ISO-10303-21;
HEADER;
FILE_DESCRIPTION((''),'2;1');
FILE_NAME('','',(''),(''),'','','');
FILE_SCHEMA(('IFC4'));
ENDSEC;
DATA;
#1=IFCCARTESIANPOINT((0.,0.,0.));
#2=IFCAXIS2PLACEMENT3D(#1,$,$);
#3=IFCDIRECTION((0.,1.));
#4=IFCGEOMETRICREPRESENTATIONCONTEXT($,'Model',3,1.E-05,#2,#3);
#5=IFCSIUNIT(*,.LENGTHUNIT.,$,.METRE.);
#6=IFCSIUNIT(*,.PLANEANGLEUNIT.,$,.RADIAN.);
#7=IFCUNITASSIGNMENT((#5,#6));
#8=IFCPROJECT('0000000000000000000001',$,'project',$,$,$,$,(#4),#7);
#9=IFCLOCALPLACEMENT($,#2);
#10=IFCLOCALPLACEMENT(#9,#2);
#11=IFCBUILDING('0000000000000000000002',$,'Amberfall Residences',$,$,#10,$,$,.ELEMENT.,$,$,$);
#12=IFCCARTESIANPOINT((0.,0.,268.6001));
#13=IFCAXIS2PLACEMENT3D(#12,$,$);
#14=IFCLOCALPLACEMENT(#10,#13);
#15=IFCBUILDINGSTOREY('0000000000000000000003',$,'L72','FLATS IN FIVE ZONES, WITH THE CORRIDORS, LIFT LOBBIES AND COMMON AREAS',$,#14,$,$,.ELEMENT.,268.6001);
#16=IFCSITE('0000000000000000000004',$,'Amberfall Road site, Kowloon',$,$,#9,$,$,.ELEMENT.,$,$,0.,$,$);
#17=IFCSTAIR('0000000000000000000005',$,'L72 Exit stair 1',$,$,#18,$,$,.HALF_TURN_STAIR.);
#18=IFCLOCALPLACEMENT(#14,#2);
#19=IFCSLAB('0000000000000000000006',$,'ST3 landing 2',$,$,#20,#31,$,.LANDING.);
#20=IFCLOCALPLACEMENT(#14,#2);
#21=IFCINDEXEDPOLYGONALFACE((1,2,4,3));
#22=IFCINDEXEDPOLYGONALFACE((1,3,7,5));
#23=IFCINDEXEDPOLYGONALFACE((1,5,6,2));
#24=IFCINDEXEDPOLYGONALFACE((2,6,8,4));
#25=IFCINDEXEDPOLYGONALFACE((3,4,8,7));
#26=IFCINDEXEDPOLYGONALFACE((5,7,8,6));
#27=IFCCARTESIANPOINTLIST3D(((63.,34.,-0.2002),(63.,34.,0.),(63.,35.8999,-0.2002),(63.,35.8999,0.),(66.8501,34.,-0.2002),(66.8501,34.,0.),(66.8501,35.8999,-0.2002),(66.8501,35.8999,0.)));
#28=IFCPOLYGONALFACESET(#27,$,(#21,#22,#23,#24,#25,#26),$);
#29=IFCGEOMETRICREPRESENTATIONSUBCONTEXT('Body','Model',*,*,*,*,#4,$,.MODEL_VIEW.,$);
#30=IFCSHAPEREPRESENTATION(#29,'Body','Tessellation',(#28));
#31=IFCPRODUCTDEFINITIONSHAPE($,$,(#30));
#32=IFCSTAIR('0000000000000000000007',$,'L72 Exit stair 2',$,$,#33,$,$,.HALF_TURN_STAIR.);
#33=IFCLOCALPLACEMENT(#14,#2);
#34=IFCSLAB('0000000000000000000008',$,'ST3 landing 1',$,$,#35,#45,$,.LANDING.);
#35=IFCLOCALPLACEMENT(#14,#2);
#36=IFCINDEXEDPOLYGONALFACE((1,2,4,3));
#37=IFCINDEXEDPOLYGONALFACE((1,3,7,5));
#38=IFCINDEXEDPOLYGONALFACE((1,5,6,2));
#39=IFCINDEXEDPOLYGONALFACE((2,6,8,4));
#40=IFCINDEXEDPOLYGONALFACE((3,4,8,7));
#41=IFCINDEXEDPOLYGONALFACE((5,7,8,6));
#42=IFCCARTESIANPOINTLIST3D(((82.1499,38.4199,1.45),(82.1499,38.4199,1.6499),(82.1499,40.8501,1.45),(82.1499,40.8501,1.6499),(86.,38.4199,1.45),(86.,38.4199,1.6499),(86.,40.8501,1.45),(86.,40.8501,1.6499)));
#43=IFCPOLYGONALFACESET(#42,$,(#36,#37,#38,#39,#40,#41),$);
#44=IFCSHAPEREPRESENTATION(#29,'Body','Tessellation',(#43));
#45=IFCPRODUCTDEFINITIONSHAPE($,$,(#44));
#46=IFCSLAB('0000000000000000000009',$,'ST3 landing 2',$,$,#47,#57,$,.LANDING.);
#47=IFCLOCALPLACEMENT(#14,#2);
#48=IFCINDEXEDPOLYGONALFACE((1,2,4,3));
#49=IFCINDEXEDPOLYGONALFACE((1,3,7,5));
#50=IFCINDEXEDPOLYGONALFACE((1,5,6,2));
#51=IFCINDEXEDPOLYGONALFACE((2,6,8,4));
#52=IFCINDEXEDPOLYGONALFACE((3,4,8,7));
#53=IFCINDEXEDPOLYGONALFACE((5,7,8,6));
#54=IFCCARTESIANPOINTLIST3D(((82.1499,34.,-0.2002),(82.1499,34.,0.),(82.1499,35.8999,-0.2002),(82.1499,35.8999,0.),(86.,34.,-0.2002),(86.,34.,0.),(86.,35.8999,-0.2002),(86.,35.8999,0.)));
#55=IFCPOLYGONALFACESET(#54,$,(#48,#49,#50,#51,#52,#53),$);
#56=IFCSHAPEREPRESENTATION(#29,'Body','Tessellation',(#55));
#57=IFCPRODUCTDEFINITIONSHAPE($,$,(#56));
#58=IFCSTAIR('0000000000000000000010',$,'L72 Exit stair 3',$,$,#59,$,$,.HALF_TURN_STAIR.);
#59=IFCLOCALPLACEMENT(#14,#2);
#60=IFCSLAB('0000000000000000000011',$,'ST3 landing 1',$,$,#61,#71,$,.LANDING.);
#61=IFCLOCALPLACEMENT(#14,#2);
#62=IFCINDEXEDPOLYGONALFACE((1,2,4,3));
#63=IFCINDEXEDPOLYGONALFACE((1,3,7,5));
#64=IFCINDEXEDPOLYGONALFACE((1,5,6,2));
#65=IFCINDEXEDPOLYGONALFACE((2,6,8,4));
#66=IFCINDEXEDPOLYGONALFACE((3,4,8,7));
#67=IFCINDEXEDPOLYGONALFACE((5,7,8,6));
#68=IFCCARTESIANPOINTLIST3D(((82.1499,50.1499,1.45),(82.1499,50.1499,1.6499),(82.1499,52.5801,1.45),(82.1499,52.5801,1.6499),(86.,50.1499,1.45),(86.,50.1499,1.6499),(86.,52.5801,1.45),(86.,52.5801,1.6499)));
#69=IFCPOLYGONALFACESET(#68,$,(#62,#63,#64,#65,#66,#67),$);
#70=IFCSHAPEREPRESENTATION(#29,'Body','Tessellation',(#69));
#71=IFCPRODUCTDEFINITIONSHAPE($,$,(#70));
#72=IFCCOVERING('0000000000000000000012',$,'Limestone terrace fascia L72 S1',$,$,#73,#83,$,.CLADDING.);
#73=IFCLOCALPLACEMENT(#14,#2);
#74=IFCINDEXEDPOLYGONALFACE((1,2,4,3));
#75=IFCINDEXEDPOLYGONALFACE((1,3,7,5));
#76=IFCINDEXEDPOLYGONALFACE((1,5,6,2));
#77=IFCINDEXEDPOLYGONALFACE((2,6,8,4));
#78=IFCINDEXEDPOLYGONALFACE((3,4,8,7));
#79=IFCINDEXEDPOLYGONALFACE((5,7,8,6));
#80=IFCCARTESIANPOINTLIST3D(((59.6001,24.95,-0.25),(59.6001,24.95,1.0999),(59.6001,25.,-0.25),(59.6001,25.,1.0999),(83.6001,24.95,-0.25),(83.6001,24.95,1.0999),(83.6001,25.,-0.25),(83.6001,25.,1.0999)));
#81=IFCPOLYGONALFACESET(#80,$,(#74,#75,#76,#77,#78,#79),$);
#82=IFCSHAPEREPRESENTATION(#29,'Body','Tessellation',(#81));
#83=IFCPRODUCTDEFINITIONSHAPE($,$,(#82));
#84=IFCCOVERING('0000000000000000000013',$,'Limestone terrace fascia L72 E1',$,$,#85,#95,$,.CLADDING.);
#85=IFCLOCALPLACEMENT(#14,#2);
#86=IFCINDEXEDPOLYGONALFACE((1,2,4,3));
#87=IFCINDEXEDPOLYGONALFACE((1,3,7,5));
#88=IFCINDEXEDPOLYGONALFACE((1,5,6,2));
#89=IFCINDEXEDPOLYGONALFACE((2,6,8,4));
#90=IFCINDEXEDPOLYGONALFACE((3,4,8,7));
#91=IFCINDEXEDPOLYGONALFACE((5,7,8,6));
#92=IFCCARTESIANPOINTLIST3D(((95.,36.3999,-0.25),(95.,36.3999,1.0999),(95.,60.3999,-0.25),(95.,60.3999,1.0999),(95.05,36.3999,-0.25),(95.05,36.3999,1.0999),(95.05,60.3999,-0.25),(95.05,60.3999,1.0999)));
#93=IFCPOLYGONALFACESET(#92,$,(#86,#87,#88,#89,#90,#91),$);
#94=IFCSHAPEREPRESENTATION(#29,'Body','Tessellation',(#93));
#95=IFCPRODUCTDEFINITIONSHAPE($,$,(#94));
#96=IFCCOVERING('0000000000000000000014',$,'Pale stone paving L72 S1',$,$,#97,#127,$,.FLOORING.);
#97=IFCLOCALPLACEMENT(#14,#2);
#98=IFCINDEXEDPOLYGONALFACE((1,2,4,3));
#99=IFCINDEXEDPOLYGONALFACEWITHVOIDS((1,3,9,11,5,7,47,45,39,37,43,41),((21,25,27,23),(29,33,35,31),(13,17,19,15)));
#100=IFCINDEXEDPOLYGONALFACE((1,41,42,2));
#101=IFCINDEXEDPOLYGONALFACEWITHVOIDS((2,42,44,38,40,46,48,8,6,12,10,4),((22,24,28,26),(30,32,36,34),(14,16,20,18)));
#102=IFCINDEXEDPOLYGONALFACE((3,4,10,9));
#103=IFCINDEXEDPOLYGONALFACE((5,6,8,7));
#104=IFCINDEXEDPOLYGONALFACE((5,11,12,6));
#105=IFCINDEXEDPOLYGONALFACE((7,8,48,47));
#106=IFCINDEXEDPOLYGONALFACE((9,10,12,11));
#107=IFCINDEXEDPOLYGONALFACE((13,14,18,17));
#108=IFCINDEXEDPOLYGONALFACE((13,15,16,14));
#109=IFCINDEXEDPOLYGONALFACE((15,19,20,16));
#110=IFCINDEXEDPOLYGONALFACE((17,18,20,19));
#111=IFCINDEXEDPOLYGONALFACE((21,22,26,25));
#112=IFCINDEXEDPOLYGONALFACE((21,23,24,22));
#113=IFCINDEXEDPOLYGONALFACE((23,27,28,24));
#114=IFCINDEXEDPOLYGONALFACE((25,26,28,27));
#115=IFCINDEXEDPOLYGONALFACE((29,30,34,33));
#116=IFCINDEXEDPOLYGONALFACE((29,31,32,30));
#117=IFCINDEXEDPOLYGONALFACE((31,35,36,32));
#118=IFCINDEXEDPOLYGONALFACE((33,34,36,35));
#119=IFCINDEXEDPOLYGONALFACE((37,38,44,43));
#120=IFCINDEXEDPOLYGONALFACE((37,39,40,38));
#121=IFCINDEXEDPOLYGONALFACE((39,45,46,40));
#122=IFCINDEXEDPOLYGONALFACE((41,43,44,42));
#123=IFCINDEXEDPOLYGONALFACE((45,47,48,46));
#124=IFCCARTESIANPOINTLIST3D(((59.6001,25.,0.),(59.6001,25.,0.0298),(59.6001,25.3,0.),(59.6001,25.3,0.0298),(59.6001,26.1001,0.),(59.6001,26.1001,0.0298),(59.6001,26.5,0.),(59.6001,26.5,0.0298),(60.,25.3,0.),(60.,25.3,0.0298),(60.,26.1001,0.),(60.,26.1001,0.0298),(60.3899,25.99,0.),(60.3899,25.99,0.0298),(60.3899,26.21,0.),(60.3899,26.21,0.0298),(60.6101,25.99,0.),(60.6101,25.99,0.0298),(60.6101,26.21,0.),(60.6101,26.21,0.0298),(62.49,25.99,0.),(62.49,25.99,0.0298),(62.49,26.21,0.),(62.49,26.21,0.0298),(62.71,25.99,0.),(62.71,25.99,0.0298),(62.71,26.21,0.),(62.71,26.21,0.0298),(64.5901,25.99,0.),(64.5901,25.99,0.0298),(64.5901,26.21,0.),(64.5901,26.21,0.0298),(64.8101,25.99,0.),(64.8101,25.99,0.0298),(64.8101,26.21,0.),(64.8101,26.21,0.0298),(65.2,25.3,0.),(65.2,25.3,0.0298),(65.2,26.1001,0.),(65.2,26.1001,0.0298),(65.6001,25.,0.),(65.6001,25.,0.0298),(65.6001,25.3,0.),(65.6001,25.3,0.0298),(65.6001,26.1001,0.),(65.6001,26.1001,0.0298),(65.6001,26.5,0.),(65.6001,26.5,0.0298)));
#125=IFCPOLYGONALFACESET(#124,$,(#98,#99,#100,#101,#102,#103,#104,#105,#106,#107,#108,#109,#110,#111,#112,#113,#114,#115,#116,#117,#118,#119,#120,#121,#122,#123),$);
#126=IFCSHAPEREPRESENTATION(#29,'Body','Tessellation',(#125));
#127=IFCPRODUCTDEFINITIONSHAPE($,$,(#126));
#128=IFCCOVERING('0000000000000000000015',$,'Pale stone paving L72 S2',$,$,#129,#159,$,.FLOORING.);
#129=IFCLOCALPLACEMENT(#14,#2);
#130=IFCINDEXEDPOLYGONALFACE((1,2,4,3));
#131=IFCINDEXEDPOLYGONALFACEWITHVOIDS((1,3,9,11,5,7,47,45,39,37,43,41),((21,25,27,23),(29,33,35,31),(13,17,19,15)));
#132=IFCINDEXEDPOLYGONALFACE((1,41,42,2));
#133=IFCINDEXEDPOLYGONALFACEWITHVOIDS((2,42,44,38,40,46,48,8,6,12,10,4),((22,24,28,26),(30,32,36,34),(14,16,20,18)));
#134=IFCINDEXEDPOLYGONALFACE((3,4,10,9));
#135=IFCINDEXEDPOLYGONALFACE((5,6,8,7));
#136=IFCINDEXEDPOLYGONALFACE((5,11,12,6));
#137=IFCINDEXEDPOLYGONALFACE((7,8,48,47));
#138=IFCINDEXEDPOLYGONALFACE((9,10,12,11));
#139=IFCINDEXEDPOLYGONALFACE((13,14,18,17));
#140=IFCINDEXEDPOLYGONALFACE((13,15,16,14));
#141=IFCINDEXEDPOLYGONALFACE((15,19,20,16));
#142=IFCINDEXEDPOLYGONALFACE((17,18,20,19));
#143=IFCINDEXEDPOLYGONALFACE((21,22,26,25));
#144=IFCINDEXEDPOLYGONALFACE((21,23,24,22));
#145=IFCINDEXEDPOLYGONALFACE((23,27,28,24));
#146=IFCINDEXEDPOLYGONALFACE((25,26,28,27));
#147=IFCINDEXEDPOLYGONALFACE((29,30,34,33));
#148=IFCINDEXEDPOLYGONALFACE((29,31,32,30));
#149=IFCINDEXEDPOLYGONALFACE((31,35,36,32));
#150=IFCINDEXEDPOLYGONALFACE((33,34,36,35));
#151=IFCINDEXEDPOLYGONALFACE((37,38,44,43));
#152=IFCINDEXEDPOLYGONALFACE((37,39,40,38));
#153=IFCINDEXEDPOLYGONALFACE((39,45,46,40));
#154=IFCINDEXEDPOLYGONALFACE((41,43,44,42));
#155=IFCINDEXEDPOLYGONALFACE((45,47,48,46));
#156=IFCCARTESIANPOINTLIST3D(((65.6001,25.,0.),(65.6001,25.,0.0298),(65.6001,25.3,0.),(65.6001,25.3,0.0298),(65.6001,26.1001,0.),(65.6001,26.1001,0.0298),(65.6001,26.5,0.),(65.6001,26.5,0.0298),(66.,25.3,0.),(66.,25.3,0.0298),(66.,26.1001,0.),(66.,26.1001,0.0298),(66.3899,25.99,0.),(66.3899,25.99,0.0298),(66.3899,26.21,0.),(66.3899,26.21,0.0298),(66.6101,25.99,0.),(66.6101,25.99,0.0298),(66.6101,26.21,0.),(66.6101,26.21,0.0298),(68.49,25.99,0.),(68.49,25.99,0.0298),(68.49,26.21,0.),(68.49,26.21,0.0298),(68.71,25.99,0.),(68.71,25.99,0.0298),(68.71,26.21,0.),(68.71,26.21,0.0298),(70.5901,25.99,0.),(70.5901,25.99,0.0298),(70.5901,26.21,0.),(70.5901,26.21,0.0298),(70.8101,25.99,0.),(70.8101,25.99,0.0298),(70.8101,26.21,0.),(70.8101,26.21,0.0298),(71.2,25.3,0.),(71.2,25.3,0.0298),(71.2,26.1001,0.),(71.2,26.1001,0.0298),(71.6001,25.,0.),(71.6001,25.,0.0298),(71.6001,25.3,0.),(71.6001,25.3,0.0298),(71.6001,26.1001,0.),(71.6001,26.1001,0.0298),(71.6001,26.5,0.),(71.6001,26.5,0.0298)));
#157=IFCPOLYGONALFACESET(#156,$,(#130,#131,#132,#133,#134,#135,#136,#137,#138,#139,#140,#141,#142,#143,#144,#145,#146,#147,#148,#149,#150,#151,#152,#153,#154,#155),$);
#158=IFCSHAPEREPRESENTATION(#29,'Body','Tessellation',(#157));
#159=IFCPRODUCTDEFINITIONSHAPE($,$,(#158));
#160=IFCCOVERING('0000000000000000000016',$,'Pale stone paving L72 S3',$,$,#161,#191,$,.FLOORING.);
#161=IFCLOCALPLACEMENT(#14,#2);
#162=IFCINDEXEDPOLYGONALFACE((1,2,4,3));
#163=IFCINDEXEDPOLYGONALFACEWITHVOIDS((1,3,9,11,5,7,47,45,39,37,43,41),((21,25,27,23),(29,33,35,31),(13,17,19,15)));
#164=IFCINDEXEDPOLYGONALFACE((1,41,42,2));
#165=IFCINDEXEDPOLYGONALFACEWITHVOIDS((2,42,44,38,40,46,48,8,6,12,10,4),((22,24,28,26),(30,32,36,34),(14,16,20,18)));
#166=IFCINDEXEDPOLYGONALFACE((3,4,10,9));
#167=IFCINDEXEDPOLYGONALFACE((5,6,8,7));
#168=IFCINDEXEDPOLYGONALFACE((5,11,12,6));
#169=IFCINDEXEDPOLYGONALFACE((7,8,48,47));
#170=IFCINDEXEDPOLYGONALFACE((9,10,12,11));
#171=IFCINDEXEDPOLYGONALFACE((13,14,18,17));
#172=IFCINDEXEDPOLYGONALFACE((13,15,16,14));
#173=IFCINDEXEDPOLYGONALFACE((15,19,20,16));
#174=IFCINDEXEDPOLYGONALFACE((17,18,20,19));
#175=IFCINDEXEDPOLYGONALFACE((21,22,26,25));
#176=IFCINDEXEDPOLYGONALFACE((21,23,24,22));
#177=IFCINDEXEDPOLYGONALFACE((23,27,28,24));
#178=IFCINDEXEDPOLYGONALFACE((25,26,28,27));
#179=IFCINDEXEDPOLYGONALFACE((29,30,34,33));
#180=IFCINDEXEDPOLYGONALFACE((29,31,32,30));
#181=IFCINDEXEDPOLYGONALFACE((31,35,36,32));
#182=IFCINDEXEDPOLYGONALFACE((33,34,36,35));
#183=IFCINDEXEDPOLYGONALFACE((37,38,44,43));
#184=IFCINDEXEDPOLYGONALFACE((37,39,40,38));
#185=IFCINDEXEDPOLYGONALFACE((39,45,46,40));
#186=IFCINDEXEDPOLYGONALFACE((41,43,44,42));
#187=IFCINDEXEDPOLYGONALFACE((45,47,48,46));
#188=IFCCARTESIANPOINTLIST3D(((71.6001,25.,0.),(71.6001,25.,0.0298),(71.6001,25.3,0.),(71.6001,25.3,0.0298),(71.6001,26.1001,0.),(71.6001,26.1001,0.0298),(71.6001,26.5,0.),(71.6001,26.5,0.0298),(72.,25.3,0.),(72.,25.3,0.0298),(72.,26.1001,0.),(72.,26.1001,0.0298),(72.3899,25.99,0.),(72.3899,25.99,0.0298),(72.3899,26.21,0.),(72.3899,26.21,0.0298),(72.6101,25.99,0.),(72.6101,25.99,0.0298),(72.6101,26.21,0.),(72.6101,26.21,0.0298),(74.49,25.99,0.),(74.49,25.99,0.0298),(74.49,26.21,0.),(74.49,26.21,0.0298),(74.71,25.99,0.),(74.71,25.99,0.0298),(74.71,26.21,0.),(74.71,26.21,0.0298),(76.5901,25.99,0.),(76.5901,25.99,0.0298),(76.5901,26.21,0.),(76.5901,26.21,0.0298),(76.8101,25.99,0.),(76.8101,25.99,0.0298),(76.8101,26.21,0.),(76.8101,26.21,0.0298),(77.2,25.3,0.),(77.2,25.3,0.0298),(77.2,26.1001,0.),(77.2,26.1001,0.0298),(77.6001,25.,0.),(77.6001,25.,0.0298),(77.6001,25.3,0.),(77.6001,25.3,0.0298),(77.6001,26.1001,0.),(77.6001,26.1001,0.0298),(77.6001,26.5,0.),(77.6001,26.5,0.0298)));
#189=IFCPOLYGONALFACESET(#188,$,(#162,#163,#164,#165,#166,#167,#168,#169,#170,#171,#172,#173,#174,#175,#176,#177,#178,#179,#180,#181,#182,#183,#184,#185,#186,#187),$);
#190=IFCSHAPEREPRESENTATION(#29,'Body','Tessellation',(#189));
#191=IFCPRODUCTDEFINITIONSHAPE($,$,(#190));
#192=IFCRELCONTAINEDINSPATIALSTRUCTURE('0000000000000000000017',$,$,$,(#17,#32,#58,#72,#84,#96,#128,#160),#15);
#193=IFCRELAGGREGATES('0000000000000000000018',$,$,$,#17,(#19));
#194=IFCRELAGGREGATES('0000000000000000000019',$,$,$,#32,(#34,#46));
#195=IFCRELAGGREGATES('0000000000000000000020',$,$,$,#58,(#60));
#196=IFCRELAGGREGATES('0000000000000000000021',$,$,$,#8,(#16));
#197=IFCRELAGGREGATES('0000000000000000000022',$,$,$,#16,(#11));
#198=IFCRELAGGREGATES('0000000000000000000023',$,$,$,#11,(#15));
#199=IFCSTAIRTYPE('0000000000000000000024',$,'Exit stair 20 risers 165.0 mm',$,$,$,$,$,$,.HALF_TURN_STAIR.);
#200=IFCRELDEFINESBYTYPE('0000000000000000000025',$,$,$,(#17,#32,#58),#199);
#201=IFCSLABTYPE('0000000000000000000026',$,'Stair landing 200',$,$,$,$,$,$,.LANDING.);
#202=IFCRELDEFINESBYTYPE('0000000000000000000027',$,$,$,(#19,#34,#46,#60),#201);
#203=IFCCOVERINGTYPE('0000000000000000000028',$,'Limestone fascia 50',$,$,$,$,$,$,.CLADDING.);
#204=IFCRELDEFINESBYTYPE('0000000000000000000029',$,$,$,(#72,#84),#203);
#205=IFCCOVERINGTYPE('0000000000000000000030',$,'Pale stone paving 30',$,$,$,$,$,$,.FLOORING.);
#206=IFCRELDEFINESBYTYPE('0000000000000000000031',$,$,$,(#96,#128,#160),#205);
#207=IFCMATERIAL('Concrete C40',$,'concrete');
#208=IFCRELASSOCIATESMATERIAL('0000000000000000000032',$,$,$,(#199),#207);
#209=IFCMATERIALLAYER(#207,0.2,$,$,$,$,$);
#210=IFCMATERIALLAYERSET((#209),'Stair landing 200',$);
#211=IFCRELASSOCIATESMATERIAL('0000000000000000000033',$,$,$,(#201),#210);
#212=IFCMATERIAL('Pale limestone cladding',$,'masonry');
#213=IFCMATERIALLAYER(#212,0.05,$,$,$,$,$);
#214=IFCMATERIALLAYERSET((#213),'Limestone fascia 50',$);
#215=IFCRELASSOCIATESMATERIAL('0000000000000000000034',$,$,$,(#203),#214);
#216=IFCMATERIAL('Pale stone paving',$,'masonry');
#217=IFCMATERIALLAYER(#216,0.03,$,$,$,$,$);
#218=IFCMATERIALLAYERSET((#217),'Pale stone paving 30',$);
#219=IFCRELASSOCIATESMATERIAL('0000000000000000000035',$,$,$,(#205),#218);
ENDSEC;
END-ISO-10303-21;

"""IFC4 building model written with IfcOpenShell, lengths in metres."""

from ifc_helpers import new_model, si_unit, direction, frame, origin, place, context, subcontext, project, spatial, polyline, outline, extrude, material, layer, layer_set, type_object, element, aggregate, save


model = new_model("IFC4")

# Units and contexts
model_context = context("Model", 3, precision=1e-05, world=origin(), true_north=direction((0.0, 1.0)))
body_context = subcontext(model_context, "Body", "Model", "MODEL_VIEW")
ifc_project = project(units=[si_unit("LENGTHUNIT", "METRE"), si_unit("PLANEANGLEUNIT", "RADIAN")], contexts=[model_context])

# Site, building, storey
site_placement = place(None, origin())
site = spatial("IfcSite", under=ifc_project, at=site_placement, Name="Amberfall Road site, Kowloon", CompositionType="ELEMENT", RefElevation=0.0)
building_placement = place(site_placement, origin())
building = spatial("IfcBuilding", under=site, at=building_placement, Name="Amberfall Residences", CompositionType="ELEMENT")
storey_placement = place(building_placement, frame((0.0, 0.0, 268.6001)))
storey = spatial("IfcBuildingStorey", under=building, at=storey_placement, Name="L72", Description="FLATS IN FIVE ZONES, WITH THE CORRIDORS, LIFT LOBBIES AND COMMON AREAS", CompositionType="ELEMENT", Elevation=268.6001)

# Stairs, slabs
ifc_material_1 = material(Name="Concrete C40", Category="concrete")
stair_type = type_object("IfcStairType", Name="Exit stair 20 risers 165.0 mm", PredefinedType="HALF_TURN_STAIR", material=ifc_material_1)
stair_1_placement = place(storey_placement, origin())
stair_1 = element("IfcStair", 1, at=stair_1_placement, inside=storey, type_object=stair_type, Name="L72 Exit stair 1", PredefinedType="HALF_TURN_STAIR")
ifc_layer_1 = layer(ifc_material_1, 0.2)
ifc_layer_set_1 = layer_set([ifc_layer_1], Name="Stair landing 200")
slab_type_1 = type_object("IfcSlabType", Name="Stair landing 200", PredefinedType="LANDING", material=ifc_layer_set_1)
slab_1_placement = place(storey_placement, frame((0.0, 0.0, -0.2002)))
slab_1 = element("IfcSlab", 2, at=slab_1_placement, type_object=slab_type_1, Name="ST3 landing 2", PredefinedType="LANDING", context=body_context, shape_type="SweptSolid", body=[
    extrude(outline(polyline([(66.8501, 34.0), (66.8501, 35.8999), (63.0, 35.8999), (63.0, 34.0), (66.8501, 34.0)])), origin(), (0.0, 0.0, 1.0), 0.2002),
])
aggregate(stair_1, [slab_1])
stair_2_placement = place(storey_placement, origin())
stair_2 = element("IfcStair", 3, at=stair_2_placement, inside=storey, type_object=stair_type, Name="L72 Exit stair 2", PredefinedType="HALF_TURN_STAIR")
slab_2_placement = place(storey_placement, frame((0.0, 0.0, 1.45)))
slab_2 = element("IfcSlab", 4, at=slab_2_placement, type_object=slab_type_1, Name="ST3 landing 1", PredefinedType="LANDING", context=body_context, shape_type="SweptSolid", body=[
    extrude(outline(polyline([(86.0, 38.4199), (86.0, 40.8501), (82.1499, 40.8501), (82.1499, 38.4199), (86.0, 38.4199)])), origin(), (0.0, 0.0, 1.0), 0.2),
])
slab_3_placement = place(storey_placement, frame((0.0, 0.0, -0.2002)))
slab_3 = element("IfcSlab", 5, at=slab_3_placement, type_object=slab_type_1, Name="ST3 landing 2", PredefinedType="LANDING", context=body_context, shape_type="SweptSolid", body=[
    extrude(outline(polyline([(86.0, 34.0), (86.0, 35.8999), (82.1499, 35.8999), (82.1499, 34.0), (86.0, 34.0)])), origin(), (0.0, 0.0, 1.0), 0.2002),
])
aggregate(stair_2, [slab_2, slab_3])

# Stair, slab
stair_3_placement = place(storey_placement, origin())
stair_3 = element("IfcStair", 6, at=stair_3_placement, inside=storey, type_object=stair_type, Name="L72 Exit stair 3", PredefinedType="HALF_TURN_STAIR")
slab_4_placement = place(storey_placement, frame((0.0, 0.0, 1.45)))
slab_4 = element("IfcSlab", 7, at=slab_4_placement, type_object=slab_type_1, Name="ST3 landing 1", PredefinedType="LANDING", context=body_context, shape_type="SweptSolid", body=[
    extrude(outline(polyline([(82.1499, 52.5801), (82.1499, 50.1499), (86.0, 50.1499), (86.0, 52.5801), (82.1499, 52.5801)])), origin(), (0.0, 0.0, 1.0), 0.2),
])
aggregate(stair_3, [slab_4])

# Coverings
ifc_material_2 = material(Name="Pale limestone cladding", Category="masonry")
ifc_layer_2 = layer(ifc_material_2, 0.05)
ifc_layer_set_2 = layer_set([ifc_layer_2], Name="Limestone fascia 50")
covering_type_1 = type_object("IfcCoveringType", Name="Limestone fascia 50", PredefinedType="CLADDING", material=ifc_layer_set_2)
covering_1_placement = place(storey_placement, frame((0.0, 0.0, -0.25)))
element("IfcCovering", 8, at=covering_1_placement, inside=storey, type_object=covering_type_1, Name="Limestone terrace fascia L72 S1", PredefinedType="CLADDING", context=body_context, shape_type="SweptSolid", body=[
    extrude(outline(polyline([(59.6001, 25.0), (83.6001, 25.0), (83.6001, 24.95), (59.6001, 24.95), (59.6001, 25.0)])), origin(), (0.0, 0.0, 1.0), 1.3499),
])
covering_2_placement = place(storey_placement, frame((0.0, 0.0, -0.25)))
element("IfcCovering", 9, at=covering_2_placement, inside=storey, type_object=covering_type_1, Name="Limestone terrace fascia L72 E1", PredefinedType="CLADDING", context=body_context, shape_type="SweptSolid", body=[
    extrude(outline(polyline([(95.0, 36.3999), (95.0, 60.3999), (95.05, 60.3999), (95.05, 36.3999), (95.0, 36.3999)])), origin(), (0.0, 0.0, 1.0), 1.3499),
])
ifc_material_3 = material(Name="Pale stone paving", Category="masonry")
ifc_layer_3 = layer(ifc_material_3, 0.03)
ifc_layer_set_3 = layer_set([ifc_layer_3], Name="Pale stone paving 30")
covering_type_2 = type_object("IfcCoveringType", Name="Pale stone paving 30", PredefinedType="FLOORING", material=ifc_layer_set_3)
covering_3_placement = place(storey_placement, origin())
element("IfcCovering", 10, at=covering_3_placement, inside=storey, type_object=covering_type_2, Name="Pale stone paving L72 S1", PredefinedType="FLOORING", context=body_context, shape_type="SweptSolid", body=[
    extrude(outline(polyline([(65.6001, 25.0), (65.6001, 25.3), (65.2, 25.3), (65.2, 26.1001), (65.6001, 26.1001), (65.6001, 26.5), (59.6001, 26.5), (59.6001, 26.1001), (60.0, 26.1001), (60.0, 25.3), (59.6001, 25.3), (59.6001, 25.0), (65.6001, 25.0)]), holes=[polyline([(60.3899, 25.99), (60.6101, 25.99), (60.6101, 26.21), (60.3899, 26.21), (60.3899, 25.99)]), polyline([(62.49, 25.99), (62.71, 25.99), (62.71, 26.21), (62.49, 26.21), (62.49, 25.99)]), polyline([(64.5901, 25.99), (64.8101, 25.99), (64.8101, 26.21), (64.5901, 26.21), (64.5901, 25.99)])]), origin(), (0.0, 0.0, 1.0), 0.0298),
])
covering_4_placement = place(storey_placement, origin())
element("IfcCovering", 11, at=covering_4_placement, inside=storey, type_object=covering_type_2, Name="Pale stone paving L72 S2", PredefinedType="FLOORING", context=body_context, shape_type="SweptSolid", body=[
    extrude(outline(polyline([(71.6001, 25.0), (71.6001, 25.3), (71.2, 25.3), (71.2, 26.1001), (71.6001, 26.1001), (71.6001, 26.5), (65.6001, 26.5), (65.6001, 26.1001), (66.0, 26.1001), (66.0, 25.3), (65.6001, 25.3), (65.6001, 25.0), (71.6001, 25.0)]), holes=[polyline([(66.3899, 25.99), (66.6101, 25.99), (66.6101, 26.21), (66.3899, 26.21), (66.3899, 25.99)]), polyline([(68.49, 25.99), (68.71, 25.99), (68.71, 26.21), (68.49, 26.21), (68.49, 25.99)]), polyline([(70.5901, 25.99), (70.8101, 25.99), (70.8101, 26.21), (70.5901, 26.21), (70.5901, 25.99)])]), origin(), (0.0, 0.0, 1.0), 0.0298),
])
covering_5_placement = place(storey_placement, origin())
element("IfcCovering", 12, at=covering_5_placement, inside=storey, type_object=covering_type_2, Name="Pale stone paving L72 S3", PredefinedType="FLOORING", context=body_context, shape_type="SweptSolid", body=[
    extrude(outline(polyline([(77.6001, 25.0), (77.6001, 25.3), (77.2, 25.3), (77.2, 26.1001), (77.6001, 26.1001), (77.6001, 26.5), (71.6001, 26.5), (71.6001, 26.1001), (72.0, 26.1001), (72.0, 25.3), (71.6001, 25.3), (71.6001, 25.0), (77.6001, 25.0)]), holes=[polyline([(72.3899, 25.99), (72.6101, 25.99), (72.6101, 26.21), (72.3899, 26.21), (72.3899, 25.99)]), polyline([(74.49, 25.99), (74.71, 25.99), (74.71, 26.21), (74.49, 26.21), (74.49, 25.99)]), polyline([(76.5901, 25.99), (76.8101, 25.99), (76.8101, 26.21), (76.5901, 26.21), (76.5901, 25.99)])]), origin(), (0.0, 0.0, 1.0), 0.0298),
])

save(model, "model.ifc")
